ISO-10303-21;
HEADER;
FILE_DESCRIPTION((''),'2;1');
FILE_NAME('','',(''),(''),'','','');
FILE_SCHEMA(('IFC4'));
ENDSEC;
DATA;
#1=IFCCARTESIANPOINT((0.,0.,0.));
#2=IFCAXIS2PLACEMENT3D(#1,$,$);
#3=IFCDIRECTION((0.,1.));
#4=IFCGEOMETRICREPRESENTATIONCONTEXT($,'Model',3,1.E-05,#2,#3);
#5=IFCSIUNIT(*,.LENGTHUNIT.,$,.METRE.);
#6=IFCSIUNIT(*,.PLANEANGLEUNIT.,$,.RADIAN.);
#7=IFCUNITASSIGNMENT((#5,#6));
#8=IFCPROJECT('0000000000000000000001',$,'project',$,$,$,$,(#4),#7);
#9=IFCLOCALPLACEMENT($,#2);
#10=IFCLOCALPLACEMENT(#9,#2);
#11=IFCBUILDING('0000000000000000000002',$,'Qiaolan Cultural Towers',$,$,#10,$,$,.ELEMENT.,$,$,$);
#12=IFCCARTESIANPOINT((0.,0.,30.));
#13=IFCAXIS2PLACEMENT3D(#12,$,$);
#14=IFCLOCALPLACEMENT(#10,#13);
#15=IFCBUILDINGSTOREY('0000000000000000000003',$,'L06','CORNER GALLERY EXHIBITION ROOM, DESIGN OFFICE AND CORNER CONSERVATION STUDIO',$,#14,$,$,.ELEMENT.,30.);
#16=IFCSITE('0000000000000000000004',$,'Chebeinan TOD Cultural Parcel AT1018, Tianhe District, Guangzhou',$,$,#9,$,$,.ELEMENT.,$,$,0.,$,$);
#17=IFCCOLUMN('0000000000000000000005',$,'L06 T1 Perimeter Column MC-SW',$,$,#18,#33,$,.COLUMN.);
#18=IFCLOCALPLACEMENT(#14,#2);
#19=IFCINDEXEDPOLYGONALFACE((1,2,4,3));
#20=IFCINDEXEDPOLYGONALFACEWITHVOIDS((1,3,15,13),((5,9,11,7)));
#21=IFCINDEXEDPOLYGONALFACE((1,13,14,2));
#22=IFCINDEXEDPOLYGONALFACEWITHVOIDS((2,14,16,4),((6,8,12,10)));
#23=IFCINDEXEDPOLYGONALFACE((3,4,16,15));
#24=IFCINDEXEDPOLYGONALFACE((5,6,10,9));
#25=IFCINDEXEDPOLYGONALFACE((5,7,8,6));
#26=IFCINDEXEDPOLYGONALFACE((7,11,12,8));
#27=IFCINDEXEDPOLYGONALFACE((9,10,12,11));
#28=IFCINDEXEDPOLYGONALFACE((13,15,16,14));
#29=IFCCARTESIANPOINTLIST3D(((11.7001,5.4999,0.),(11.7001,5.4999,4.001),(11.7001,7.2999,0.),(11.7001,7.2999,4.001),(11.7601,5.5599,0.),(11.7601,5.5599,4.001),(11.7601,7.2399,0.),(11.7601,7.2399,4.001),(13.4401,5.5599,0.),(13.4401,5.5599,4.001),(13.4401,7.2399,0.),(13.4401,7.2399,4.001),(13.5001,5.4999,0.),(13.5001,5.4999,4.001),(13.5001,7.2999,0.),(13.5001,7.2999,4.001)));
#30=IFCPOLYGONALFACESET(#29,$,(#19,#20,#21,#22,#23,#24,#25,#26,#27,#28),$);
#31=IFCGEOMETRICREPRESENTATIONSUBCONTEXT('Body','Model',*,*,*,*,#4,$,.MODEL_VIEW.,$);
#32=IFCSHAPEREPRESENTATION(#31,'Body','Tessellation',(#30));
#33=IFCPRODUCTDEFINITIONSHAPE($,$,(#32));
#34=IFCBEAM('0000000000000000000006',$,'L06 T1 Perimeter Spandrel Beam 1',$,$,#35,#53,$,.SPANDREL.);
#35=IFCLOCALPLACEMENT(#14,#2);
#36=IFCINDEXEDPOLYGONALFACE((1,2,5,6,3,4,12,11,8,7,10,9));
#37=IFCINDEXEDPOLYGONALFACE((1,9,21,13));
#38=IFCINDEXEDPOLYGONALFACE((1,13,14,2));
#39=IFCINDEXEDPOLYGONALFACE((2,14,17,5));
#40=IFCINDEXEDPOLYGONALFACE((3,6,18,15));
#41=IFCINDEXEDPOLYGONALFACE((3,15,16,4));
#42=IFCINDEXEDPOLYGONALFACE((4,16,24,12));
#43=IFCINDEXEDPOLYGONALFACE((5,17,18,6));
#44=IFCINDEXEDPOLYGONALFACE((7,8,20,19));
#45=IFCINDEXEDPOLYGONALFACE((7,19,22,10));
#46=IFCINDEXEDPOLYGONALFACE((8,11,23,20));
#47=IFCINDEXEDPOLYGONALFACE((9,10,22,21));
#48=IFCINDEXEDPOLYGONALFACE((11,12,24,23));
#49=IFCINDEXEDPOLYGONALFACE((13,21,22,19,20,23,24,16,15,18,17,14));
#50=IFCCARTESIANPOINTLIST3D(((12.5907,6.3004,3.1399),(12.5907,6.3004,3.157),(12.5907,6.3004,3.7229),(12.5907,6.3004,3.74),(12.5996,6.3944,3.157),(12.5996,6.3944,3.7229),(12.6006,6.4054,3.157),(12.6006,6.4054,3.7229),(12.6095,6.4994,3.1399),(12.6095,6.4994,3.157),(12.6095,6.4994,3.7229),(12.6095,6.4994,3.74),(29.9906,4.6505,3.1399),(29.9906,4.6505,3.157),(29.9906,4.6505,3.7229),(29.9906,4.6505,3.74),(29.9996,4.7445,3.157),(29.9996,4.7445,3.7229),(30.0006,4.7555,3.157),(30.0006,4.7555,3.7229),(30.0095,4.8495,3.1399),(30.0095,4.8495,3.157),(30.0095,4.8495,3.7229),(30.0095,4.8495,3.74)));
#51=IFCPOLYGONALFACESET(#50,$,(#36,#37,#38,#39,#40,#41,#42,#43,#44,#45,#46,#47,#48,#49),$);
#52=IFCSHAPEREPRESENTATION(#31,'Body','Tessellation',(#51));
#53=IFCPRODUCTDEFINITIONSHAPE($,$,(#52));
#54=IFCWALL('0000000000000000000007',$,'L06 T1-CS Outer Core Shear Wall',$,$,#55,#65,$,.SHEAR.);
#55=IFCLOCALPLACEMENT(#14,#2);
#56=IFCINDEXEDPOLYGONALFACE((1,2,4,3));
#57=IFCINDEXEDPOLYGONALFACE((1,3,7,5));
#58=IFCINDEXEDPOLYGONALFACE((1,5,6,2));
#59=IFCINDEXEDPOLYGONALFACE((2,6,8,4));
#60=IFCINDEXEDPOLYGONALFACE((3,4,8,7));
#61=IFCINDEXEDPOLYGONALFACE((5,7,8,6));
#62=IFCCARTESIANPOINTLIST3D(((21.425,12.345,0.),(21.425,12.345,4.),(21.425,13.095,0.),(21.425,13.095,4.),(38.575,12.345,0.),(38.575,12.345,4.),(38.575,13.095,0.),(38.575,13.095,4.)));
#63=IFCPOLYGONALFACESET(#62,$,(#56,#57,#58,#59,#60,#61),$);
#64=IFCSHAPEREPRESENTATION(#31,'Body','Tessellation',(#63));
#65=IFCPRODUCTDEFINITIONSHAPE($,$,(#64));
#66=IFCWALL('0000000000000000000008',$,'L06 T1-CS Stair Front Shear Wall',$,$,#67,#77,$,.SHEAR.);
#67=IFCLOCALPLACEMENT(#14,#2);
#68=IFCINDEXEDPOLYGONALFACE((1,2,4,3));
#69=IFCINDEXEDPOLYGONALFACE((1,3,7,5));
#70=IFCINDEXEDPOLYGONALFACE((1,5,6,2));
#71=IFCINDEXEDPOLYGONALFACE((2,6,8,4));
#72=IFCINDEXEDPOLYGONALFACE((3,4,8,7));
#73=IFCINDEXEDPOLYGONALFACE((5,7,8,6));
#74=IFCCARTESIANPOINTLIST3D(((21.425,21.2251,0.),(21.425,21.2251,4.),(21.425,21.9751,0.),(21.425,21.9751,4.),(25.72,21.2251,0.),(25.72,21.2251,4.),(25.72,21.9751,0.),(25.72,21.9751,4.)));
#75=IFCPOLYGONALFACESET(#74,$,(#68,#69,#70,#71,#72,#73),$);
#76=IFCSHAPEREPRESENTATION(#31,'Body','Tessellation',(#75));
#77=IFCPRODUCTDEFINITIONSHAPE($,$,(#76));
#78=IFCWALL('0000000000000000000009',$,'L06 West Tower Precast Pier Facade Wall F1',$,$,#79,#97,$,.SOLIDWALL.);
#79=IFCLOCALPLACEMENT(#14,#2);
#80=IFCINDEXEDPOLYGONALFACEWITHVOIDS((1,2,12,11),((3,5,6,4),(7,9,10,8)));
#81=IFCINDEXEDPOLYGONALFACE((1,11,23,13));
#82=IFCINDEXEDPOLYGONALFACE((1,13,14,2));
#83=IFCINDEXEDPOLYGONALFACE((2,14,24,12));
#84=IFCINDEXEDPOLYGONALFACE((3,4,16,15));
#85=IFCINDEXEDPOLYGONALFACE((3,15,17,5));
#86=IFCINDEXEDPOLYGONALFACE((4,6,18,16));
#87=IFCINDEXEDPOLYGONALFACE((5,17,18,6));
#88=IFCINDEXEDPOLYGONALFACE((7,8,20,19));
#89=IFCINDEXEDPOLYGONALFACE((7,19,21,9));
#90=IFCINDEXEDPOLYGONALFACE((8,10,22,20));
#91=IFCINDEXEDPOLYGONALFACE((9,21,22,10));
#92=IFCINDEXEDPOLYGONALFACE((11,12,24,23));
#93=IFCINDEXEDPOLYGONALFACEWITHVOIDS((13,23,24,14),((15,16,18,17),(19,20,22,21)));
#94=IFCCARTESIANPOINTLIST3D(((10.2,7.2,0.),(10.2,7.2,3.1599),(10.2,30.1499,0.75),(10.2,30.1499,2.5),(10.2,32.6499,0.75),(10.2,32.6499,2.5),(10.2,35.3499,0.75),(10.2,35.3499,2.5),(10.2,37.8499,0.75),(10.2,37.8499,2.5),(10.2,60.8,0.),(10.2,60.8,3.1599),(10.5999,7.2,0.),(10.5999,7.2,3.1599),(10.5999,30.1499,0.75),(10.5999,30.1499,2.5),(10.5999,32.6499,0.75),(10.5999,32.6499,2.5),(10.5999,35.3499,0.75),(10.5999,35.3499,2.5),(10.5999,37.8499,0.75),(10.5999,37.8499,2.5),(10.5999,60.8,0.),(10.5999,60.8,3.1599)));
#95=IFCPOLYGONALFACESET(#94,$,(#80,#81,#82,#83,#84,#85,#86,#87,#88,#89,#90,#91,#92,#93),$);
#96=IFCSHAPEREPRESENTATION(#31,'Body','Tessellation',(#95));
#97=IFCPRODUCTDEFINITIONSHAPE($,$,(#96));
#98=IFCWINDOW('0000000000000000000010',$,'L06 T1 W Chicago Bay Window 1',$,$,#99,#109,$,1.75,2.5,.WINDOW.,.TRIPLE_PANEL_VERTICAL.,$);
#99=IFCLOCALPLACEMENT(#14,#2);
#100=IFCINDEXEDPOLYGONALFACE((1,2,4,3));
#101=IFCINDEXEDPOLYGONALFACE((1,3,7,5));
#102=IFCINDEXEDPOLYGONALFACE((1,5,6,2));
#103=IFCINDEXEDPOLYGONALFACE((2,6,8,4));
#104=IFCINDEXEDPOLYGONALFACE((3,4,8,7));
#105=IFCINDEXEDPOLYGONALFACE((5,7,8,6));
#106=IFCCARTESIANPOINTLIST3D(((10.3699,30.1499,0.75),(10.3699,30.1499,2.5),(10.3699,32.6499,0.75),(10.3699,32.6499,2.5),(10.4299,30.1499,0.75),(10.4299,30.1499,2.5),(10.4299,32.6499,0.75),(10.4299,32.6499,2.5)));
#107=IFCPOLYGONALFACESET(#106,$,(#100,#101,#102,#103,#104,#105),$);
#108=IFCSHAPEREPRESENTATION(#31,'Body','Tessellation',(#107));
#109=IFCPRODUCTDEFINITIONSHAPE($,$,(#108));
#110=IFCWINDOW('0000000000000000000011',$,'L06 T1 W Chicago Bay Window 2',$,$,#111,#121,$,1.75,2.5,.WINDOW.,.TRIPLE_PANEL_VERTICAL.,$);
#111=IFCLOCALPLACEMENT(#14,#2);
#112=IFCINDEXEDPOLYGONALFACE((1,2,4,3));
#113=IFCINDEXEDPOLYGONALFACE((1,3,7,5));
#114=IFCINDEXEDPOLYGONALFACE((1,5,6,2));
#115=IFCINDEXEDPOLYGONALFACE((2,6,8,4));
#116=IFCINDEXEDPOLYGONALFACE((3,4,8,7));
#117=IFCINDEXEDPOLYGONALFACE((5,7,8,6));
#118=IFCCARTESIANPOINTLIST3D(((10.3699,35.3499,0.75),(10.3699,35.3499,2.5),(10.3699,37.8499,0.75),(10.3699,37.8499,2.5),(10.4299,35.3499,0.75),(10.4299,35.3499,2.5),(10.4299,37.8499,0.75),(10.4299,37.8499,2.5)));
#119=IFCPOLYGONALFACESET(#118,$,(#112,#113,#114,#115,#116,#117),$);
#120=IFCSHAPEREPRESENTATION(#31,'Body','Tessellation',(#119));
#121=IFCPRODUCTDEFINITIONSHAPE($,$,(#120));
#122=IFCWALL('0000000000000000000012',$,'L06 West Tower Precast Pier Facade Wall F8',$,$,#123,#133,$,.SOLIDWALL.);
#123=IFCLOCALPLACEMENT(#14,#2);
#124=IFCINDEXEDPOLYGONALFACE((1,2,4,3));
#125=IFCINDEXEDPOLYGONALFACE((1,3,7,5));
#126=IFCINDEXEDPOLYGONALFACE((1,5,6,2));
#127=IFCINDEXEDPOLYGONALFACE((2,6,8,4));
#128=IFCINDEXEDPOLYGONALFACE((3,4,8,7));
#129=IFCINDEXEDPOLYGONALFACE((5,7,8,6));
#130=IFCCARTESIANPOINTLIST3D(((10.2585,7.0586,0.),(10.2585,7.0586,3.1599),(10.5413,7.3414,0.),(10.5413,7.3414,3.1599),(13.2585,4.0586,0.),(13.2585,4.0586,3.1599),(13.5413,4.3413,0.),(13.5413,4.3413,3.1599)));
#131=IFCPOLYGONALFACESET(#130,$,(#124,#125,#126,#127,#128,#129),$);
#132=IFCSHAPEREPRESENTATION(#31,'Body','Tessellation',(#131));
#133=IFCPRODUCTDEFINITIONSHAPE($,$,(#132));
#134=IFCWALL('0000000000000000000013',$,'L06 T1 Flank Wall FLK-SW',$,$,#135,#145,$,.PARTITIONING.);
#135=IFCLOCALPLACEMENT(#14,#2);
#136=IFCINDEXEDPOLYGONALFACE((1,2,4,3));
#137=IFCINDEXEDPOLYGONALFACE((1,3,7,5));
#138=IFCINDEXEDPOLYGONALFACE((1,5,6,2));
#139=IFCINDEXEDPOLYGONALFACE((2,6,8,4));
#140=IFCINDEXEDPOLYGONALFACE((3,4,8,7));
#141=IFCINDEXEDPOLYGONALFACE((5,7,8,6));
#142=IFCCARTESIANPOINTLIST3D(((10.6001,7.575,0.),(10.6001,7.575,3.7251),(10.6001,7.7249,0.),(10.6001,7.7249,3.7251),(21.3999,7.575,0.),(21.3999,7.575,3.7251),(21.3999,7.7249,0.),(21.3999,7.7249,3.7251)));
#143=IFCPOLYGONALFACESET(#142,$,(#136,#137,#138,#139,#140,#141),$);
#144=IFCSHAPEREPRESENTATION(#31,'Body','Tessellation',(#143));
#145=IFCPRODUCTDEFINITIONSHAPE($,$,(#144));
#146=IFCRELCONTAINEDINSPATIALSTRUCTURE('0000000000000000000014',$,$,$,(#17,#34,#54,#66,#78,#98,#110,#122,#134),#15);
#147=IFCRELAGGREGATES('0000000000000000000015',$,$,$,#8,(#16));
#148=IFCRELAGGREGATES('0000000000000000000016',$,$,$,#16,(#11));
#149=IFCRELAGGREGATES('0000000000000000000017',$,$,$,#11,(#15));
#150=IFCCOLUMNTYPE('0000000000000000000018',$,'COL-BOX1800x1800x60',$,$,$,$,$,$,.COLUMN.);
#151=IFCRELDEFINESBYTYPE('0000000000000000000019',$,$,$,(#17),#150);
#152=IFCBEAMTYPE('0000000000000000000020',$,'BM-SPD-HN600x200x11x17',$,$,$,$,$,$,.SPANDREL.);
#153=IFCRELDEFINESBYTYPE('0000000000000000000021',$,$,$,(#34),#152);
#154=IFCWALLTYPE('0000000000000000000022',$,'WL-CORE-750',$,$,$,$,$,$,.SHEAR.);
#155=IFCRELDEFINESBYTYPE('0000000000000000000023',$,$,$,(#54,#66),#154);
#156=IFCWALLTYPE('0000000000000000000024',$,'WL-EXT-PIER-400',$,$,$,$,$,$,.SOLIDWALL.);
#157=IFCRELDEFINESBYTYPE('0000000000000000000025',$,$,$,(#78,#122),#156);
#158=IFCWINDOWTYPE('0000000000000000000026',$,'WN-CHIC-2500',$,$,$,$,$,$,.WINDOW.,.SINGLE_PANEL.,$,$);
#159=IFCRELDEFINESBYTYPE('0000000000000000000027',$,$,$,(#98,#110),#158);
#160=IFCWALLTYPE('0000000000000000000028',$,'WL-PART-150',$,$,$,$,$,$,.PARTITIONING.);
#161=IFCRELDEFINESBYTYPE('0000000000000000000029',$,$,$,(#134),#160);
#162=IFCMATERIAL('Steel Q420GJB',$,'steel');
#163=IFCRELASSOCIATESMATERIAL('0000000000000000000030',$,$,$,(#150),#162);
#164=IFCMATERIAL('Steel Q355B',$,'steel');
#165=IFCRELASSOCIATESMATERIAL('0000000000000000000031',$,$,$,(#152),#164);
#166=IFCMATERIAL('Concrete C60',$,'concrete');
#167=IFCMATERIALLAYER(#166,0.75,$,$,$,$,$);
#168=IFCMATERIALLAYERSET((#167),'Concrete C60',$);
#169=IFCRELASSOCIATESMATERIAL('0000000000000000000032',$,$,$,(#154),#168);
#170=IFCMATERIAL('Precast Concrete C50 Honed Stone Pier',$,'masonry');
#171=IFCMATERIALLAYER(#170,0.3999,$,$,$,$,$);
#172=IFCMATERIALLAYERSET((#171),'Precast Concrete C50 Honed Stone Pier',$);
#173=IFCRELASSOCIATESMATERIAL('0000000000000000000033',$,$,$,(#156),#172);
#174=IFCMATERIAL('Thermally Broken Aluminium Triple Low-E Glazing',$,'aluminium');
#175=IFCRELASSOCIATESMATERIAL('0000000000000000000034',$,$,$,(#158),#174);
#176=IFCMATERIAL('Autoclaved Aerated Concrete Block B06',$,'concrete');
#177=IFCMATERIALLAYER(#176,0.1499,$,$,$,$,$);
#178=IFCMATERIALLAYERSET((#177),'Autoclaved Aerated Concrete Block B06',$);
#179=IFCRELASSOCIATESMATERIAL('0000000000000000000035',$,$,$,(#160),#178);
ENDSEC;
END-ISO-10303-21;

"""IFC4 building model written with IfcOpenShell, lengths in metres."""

from ifc_helpers import new_model, si_unit, direction, frame, frame_2d, origin, origin_2d, place, context, subcontext, project, spatial, rectangle, hollow_rectangle, i_section, extrude, material, layer, layer_set, material_profile, profile_set, type_object, element, fill, save


model = new_model("IFC4")

# Units and contexts
model_context = context("Model", 3, precision=1e-05, world=origin(), true_north=direction((0.0, 1.0)))
body_context = subcontext(model_context, "Body", "Model", "MODEL_VIEW")
ifc_project = project(units=[si_unit("LENGTHUNIT", "METRE"), si_unit("PLANEANGLEUNIT", "RADIAN")], contexts=[model_context])

# Site, building, storey
site_placement = place(None, origin())
site = spatial("IfcSite", under=ifc_project, at=site_placement, Name="Chebeinan TOD Cultural Parcel AT1018, Tianhe District, Guangzhou", CompositionType="ELEMENT", RefElevation=0.0)
building_placement = place(site_placement, origin())
building = spatial("IfcBuilding", under=site, at=building_placement, Name="Qiaolan Cultural Towers", CompositionType="ELEMENT")
storey_placement = place(building_placement, frame((0.0, 0.0, 30.0)))
storey = spatial("IfcBuildingStorey", under=building, at=storey_placement, Name="L06", Description="CORNER GALLERY EXHIBITION ROOM, DESIGN OFFICE AND CORNER CONSERVATION STUDIO", CompositionType="ELEMENT", Elevation=30.0)

# Column
ifc_material_1 = material(Name="Steel Q420GJB", Category="steel")
ifc_material_profile_1 = material_profile(ifc_material_1, hollow_rectangle(XDim=1.8, YDim=1.8, WallThickness=0.0601, at=origin_2d()), Name="BOX1800x1800x60")
ifc_profile_set_1 = profile_set([ifc_material_profile_1], Name="Steel Q420GJB")
column_type = type_object("IfcColumnType", Name="COL-BOX1800x1800x60", PredefinedType="COLUMN", material=ifc_profile_set_1)
column_placement = place(storey_placement, frame((12.6001, 6.3999, 0.0), z_axis=(0.0, 0.0, 1.0), x_axis=(1.0, 0.0, 0.0)))
element("IfcColumn", 1, at=column_placement, inside=storey, type_object=column_type, Name="L06 T1 Perimeter Column MC-SW", PredefinedType="COLUMN", context=body_context, shape_type="SweptSolid", body=[
    extrude(hollow_rectangle(XDim=1.8, YDim=1.8, WallThickness=0.0601, at=origin_2d()), origin(), (0.0, 0.0, 1.0), 4.001),
])

# Beam
ifc_material_2 = material(Name="Steel Q355B", Category="steel")
ifc_material_profile_2 = material_profile(ifc_material_2, i_section(OverallWidth=0.2, OverallDepth=0.6001, WebThickness=0.011, FlangeThickness=0.0171, at=origin_2d()), Name="HN600x200x11x17")
ifc_profile_set_2 = profile_set([ifc_material_profile_2], Name="Steel Q355B")
beam_type = type_object("IfcBeamType", Name="BM-SPD-HN600x200x11x17", PredefinedType="SPANDREL", material=ifc_profile_set_2)
beam_placement = place(storey_placement, frame((12.6001, 6.3999, 3.4399), z_axis=(0.995534, -0.094399, 0.0), x_axis=(0.094399, 0.995534, 0.0)))
element("IfcBeam", 2, at=beam_placement, inside=storey, type_object=beam_type, Name="L06 T1 Perimeter Spandrel Beam 1", PredefinedType="SPANDREL", context=body_context, shape_type="SweptSolid", body=[
    extrude(i_section(OverallWidth=0.2, OverallDepth=0.6001, WebThickness=0.011, FlangeThickness=0.0171, at=origin_2d()), origin(), (0.0, 0.0, 1.0), 17.478),
])

# Walls
ifc_material_3 = material(Name="Concrete C60", Category="concrete")
ifc_layer_1 = layer(ifc_material_3, 0.75)
ifc_layer_set_1 = layer_set([ifc_layer_1], Name="Concrete C60")
wall_type_1 = type_object("IfcWallType", Name="WL-CORE-750", PredefinedType="SHEAR", material=ifc_layer_set_1)
wall_1_placement = place(storey_placement, frame((21.425, 12.72, 0.0), z_axis=(0.0, 0.0, 1.0), x_axis=(1.0, 0.0, 0.0)))
element("IfcWall", 3, at=wall_1_placement, inside=storey, type_object=wall_type_1, Name="L06 T1-CS Outer Core Shear Wall", PredefinedType="SHEAR", context=body_context, shape_type="SweptSolid", body=[
    extrude(rectangle(XDim=17.1499, YDim=0.75, at=frame_2d((8.575, 0.0))), origin(), (0.0, 0.0, 1.0), 4.0),
])
wall_2_placement = place(storey_placement, frame((21.425, 21.6001, 0.0), z_axis=(0.0, 0.0, 1.0), x_axis=(1.0, 0.0, 0.0)))
element("IfcWall", 4, at=wall_2_placement, inside=storey, type_object=wall_type_1, Name="L06 T1-CS Stair Front Shear Wall", PredefinedType="SHEAR", context=body_context, shape_type="SweptSolid", body=[
    extrude(rectangle(XDim=4.2949, YDim=0.75, at=frame_2d((2.1475, 0.0))), origin(), (0.0, 0.0, 1.0), 4.0),
])

# Wall, openings, windows
ifc_material_4 = material(Name="Precast Concrete C50 Honed Stone Pier", Category="masonry")
ifc_layer_2 = layer(ifc_material_4, 0.3999)
ifc_layer_set_2 = layer_set([ifc_layer_2], Name="Precast Concrete C50 Honed Stone Pier")
wall_type_2 = type_object("IfcWallType", Name="WL-EXT-PIER-400", PredefinedType="SOLIDWALL", material=ifc_layer_set_2)
wall_3_placement = place(storey_placement, frame((10.3999, 7.2, 0.0), z_axis=(0.0, 0.0, 1.0), x_axis=(0.0, 1.0, 0.0)))
wall_3 = element("IfcWall", 5, at=wall_3_placement, inside=storey, type_object=wall_type_2, Name="L06 West Tower Precast Pier Facade Wall F1", PredefinedType="SOLIDWALL", context=body_context, shape_type="SweptSolid", body=[
    extrude(rectangle(XDim=53.6001, YDim=0.3999, at=frame_2d((26.8, 0.0))), origin(), (0.0, 0.0, 1.0), 3.1599),
])
opening_1_placement = place(wall_3_placement, frame((22.95, 0.0, 0.75)))
opening_1 = element("IfcOpeningElement", 6, at=opening_1_placement, cuts=wall_3, PredefinedType="OPENING", context=body_context, shape_type="SweptSolid", body=[
    extrude(rectangle(XDim=2.5, YDim=1.75, at=frame_2d((1.25, 0.875))), frame((0.0, 0.21, 0.0), z_axis=(0.0, -1.0, 0.0), x_axis=(1.0, 0.0, 0.0)), (0.0, 0.0, 1.0), 0.4199),
])
opening_2_placement = place(wall_3_placement, frame((28.1499, 0.0, 0.75)))
opening_2 = element("IfcOpeningElement", 7, at=opening_2_placement, cuts=wall_3, PredefinedType="OPENING", context=body_context, shape_type="SweptSolid", body=[
    extrude(rectangle(XDim=2.5, YDim=1.75, at=frame_2d((1.25, 0.875))), frame((0.0, 0.21, 0.0), z_axis=(0.0, -1.0, 0.0), x_axis=(1.0, 0.0, 0.0)), (0.0, 0.0, 1.0), 0.4199),
])
ifc_material_5 = material(Name="Thermally Broken Aluminium Triple Low-E Glazing", Category="aluminium")
window_type = type_object("IfcWindowType", Name="WN-CHIC-2500", PartitioningType="SINGLE_PANEL", PredefinedType="WINDOW", material=ifc_material_5)
window_1_placement = place(opening_1_placement, origin())
window_1 = element("IfcWindow", 8, at=window_1_placement, inside=storey, type_object=window_type, Name="L06 T1 W Chicago Bay Window 1", OverallHeight=1.75, OverallWidth=2.5, PartitioningType="TRIPLE_PANEL_VERTICAL", PredefinedType="WINDOW", context=body_context, shape_type="SweptSolid", body=[
    extrude(rectangle(XDim=2.5, YDim=1.75, at=frame_2d((1.25, 0.875))), frame((0.0, 0.03, 0.0), z_axis=(0.0, -1.0, 0.0), x_axis=(1.0, 0.0, 0.0)), (0.0, 0.0, 1.0), 0.0601),
])
fill(opening_1, window_1)
window_2_placement = place(opening_2_placement, origin())
window_2 = element("IfcWindow", 9, at=window_2_placement, inside=storey, type_object=window_type, Name="L06 T1 W Chicago Bay Window 2", OverallHeight=1.75, OverallWidth=2.5, PartitioningType="TRIPLE_PANEL_VERTICAL", PredefinedType="WINDOW", context=body_context, shape_type="SweptSolid", body=[
    extrude(rectangle(XDim=2.5, YDim=1.75, at=frame_2d((1.25, 0.875))), frame((0.0, 0.03, 0.0), z_axis=(0.0, -1.0, 0.0), x_axis=(1.0, 0.0, 0.0)), (0.0, 0.0, 1.0), 0.0601),
])
fill(opening_2, window_2)

# Walls
wall_4_placement = place(storey_placement, frame((13.3999, 4.2, 0.0), z_axis=(0.0, 0.0, 1.0), x_axis=(-0.707107, 0.707107, 0.0)))
element("IfcWall", 10, at=wall_4_placement, inside=storey, type_object=wall_type_2, Name="L06 West Tower Precast Pier Facade Wall F8", PredefinedType="SOLIDWALL", context=body_context, shape_type="SweptSolid", body=[
    extrude(rectangle(XDim=4.2427, YDim=0.3999, at=frame_2d((2.1213, 0.0))), origin(), (0.0, 0.0, 1.0), 3.1599),
])
ifc_material_6 = material(Name="Autoclaved Aerated Concrete Block B06", Category="concrete")
ifc_layer_3 = layer(ifc_material_6, 0.1499)
ifc_layer_set_3 = layer_set([ifc_layer_3], Name="Autoclaved Aerated Concrete Block B06")
wall_type_3 = type_object("IfcWallType", Name="WL-PART-150", PredefinedType="PARTITIONING", material=ifc_layer_set_3)
wall_5_placement = place(storey_placement, frame((10.6001, 7.6499, 0.0), z_axis=(0.0, 0.0, 1.0), x_axis=(1.0, 0.0, 0.0)))
element("IfcWall", 11, at=wall_5_placement, inside=storey, type_object=wall_type_3, Name="L06 T1 Flank Wall FLK-SW", PredefinedType="PARTITIONING", context=body_context, shape_type="SweptSolid", body=[
    extrude(rectangle(XDim=10.7998, YDim=0.1499, at=frame_2d((5.3999, 0.0))), origin(), (0.0, 0.0, 1.0), 3.7251),
])

save(model, "model.ifc")
